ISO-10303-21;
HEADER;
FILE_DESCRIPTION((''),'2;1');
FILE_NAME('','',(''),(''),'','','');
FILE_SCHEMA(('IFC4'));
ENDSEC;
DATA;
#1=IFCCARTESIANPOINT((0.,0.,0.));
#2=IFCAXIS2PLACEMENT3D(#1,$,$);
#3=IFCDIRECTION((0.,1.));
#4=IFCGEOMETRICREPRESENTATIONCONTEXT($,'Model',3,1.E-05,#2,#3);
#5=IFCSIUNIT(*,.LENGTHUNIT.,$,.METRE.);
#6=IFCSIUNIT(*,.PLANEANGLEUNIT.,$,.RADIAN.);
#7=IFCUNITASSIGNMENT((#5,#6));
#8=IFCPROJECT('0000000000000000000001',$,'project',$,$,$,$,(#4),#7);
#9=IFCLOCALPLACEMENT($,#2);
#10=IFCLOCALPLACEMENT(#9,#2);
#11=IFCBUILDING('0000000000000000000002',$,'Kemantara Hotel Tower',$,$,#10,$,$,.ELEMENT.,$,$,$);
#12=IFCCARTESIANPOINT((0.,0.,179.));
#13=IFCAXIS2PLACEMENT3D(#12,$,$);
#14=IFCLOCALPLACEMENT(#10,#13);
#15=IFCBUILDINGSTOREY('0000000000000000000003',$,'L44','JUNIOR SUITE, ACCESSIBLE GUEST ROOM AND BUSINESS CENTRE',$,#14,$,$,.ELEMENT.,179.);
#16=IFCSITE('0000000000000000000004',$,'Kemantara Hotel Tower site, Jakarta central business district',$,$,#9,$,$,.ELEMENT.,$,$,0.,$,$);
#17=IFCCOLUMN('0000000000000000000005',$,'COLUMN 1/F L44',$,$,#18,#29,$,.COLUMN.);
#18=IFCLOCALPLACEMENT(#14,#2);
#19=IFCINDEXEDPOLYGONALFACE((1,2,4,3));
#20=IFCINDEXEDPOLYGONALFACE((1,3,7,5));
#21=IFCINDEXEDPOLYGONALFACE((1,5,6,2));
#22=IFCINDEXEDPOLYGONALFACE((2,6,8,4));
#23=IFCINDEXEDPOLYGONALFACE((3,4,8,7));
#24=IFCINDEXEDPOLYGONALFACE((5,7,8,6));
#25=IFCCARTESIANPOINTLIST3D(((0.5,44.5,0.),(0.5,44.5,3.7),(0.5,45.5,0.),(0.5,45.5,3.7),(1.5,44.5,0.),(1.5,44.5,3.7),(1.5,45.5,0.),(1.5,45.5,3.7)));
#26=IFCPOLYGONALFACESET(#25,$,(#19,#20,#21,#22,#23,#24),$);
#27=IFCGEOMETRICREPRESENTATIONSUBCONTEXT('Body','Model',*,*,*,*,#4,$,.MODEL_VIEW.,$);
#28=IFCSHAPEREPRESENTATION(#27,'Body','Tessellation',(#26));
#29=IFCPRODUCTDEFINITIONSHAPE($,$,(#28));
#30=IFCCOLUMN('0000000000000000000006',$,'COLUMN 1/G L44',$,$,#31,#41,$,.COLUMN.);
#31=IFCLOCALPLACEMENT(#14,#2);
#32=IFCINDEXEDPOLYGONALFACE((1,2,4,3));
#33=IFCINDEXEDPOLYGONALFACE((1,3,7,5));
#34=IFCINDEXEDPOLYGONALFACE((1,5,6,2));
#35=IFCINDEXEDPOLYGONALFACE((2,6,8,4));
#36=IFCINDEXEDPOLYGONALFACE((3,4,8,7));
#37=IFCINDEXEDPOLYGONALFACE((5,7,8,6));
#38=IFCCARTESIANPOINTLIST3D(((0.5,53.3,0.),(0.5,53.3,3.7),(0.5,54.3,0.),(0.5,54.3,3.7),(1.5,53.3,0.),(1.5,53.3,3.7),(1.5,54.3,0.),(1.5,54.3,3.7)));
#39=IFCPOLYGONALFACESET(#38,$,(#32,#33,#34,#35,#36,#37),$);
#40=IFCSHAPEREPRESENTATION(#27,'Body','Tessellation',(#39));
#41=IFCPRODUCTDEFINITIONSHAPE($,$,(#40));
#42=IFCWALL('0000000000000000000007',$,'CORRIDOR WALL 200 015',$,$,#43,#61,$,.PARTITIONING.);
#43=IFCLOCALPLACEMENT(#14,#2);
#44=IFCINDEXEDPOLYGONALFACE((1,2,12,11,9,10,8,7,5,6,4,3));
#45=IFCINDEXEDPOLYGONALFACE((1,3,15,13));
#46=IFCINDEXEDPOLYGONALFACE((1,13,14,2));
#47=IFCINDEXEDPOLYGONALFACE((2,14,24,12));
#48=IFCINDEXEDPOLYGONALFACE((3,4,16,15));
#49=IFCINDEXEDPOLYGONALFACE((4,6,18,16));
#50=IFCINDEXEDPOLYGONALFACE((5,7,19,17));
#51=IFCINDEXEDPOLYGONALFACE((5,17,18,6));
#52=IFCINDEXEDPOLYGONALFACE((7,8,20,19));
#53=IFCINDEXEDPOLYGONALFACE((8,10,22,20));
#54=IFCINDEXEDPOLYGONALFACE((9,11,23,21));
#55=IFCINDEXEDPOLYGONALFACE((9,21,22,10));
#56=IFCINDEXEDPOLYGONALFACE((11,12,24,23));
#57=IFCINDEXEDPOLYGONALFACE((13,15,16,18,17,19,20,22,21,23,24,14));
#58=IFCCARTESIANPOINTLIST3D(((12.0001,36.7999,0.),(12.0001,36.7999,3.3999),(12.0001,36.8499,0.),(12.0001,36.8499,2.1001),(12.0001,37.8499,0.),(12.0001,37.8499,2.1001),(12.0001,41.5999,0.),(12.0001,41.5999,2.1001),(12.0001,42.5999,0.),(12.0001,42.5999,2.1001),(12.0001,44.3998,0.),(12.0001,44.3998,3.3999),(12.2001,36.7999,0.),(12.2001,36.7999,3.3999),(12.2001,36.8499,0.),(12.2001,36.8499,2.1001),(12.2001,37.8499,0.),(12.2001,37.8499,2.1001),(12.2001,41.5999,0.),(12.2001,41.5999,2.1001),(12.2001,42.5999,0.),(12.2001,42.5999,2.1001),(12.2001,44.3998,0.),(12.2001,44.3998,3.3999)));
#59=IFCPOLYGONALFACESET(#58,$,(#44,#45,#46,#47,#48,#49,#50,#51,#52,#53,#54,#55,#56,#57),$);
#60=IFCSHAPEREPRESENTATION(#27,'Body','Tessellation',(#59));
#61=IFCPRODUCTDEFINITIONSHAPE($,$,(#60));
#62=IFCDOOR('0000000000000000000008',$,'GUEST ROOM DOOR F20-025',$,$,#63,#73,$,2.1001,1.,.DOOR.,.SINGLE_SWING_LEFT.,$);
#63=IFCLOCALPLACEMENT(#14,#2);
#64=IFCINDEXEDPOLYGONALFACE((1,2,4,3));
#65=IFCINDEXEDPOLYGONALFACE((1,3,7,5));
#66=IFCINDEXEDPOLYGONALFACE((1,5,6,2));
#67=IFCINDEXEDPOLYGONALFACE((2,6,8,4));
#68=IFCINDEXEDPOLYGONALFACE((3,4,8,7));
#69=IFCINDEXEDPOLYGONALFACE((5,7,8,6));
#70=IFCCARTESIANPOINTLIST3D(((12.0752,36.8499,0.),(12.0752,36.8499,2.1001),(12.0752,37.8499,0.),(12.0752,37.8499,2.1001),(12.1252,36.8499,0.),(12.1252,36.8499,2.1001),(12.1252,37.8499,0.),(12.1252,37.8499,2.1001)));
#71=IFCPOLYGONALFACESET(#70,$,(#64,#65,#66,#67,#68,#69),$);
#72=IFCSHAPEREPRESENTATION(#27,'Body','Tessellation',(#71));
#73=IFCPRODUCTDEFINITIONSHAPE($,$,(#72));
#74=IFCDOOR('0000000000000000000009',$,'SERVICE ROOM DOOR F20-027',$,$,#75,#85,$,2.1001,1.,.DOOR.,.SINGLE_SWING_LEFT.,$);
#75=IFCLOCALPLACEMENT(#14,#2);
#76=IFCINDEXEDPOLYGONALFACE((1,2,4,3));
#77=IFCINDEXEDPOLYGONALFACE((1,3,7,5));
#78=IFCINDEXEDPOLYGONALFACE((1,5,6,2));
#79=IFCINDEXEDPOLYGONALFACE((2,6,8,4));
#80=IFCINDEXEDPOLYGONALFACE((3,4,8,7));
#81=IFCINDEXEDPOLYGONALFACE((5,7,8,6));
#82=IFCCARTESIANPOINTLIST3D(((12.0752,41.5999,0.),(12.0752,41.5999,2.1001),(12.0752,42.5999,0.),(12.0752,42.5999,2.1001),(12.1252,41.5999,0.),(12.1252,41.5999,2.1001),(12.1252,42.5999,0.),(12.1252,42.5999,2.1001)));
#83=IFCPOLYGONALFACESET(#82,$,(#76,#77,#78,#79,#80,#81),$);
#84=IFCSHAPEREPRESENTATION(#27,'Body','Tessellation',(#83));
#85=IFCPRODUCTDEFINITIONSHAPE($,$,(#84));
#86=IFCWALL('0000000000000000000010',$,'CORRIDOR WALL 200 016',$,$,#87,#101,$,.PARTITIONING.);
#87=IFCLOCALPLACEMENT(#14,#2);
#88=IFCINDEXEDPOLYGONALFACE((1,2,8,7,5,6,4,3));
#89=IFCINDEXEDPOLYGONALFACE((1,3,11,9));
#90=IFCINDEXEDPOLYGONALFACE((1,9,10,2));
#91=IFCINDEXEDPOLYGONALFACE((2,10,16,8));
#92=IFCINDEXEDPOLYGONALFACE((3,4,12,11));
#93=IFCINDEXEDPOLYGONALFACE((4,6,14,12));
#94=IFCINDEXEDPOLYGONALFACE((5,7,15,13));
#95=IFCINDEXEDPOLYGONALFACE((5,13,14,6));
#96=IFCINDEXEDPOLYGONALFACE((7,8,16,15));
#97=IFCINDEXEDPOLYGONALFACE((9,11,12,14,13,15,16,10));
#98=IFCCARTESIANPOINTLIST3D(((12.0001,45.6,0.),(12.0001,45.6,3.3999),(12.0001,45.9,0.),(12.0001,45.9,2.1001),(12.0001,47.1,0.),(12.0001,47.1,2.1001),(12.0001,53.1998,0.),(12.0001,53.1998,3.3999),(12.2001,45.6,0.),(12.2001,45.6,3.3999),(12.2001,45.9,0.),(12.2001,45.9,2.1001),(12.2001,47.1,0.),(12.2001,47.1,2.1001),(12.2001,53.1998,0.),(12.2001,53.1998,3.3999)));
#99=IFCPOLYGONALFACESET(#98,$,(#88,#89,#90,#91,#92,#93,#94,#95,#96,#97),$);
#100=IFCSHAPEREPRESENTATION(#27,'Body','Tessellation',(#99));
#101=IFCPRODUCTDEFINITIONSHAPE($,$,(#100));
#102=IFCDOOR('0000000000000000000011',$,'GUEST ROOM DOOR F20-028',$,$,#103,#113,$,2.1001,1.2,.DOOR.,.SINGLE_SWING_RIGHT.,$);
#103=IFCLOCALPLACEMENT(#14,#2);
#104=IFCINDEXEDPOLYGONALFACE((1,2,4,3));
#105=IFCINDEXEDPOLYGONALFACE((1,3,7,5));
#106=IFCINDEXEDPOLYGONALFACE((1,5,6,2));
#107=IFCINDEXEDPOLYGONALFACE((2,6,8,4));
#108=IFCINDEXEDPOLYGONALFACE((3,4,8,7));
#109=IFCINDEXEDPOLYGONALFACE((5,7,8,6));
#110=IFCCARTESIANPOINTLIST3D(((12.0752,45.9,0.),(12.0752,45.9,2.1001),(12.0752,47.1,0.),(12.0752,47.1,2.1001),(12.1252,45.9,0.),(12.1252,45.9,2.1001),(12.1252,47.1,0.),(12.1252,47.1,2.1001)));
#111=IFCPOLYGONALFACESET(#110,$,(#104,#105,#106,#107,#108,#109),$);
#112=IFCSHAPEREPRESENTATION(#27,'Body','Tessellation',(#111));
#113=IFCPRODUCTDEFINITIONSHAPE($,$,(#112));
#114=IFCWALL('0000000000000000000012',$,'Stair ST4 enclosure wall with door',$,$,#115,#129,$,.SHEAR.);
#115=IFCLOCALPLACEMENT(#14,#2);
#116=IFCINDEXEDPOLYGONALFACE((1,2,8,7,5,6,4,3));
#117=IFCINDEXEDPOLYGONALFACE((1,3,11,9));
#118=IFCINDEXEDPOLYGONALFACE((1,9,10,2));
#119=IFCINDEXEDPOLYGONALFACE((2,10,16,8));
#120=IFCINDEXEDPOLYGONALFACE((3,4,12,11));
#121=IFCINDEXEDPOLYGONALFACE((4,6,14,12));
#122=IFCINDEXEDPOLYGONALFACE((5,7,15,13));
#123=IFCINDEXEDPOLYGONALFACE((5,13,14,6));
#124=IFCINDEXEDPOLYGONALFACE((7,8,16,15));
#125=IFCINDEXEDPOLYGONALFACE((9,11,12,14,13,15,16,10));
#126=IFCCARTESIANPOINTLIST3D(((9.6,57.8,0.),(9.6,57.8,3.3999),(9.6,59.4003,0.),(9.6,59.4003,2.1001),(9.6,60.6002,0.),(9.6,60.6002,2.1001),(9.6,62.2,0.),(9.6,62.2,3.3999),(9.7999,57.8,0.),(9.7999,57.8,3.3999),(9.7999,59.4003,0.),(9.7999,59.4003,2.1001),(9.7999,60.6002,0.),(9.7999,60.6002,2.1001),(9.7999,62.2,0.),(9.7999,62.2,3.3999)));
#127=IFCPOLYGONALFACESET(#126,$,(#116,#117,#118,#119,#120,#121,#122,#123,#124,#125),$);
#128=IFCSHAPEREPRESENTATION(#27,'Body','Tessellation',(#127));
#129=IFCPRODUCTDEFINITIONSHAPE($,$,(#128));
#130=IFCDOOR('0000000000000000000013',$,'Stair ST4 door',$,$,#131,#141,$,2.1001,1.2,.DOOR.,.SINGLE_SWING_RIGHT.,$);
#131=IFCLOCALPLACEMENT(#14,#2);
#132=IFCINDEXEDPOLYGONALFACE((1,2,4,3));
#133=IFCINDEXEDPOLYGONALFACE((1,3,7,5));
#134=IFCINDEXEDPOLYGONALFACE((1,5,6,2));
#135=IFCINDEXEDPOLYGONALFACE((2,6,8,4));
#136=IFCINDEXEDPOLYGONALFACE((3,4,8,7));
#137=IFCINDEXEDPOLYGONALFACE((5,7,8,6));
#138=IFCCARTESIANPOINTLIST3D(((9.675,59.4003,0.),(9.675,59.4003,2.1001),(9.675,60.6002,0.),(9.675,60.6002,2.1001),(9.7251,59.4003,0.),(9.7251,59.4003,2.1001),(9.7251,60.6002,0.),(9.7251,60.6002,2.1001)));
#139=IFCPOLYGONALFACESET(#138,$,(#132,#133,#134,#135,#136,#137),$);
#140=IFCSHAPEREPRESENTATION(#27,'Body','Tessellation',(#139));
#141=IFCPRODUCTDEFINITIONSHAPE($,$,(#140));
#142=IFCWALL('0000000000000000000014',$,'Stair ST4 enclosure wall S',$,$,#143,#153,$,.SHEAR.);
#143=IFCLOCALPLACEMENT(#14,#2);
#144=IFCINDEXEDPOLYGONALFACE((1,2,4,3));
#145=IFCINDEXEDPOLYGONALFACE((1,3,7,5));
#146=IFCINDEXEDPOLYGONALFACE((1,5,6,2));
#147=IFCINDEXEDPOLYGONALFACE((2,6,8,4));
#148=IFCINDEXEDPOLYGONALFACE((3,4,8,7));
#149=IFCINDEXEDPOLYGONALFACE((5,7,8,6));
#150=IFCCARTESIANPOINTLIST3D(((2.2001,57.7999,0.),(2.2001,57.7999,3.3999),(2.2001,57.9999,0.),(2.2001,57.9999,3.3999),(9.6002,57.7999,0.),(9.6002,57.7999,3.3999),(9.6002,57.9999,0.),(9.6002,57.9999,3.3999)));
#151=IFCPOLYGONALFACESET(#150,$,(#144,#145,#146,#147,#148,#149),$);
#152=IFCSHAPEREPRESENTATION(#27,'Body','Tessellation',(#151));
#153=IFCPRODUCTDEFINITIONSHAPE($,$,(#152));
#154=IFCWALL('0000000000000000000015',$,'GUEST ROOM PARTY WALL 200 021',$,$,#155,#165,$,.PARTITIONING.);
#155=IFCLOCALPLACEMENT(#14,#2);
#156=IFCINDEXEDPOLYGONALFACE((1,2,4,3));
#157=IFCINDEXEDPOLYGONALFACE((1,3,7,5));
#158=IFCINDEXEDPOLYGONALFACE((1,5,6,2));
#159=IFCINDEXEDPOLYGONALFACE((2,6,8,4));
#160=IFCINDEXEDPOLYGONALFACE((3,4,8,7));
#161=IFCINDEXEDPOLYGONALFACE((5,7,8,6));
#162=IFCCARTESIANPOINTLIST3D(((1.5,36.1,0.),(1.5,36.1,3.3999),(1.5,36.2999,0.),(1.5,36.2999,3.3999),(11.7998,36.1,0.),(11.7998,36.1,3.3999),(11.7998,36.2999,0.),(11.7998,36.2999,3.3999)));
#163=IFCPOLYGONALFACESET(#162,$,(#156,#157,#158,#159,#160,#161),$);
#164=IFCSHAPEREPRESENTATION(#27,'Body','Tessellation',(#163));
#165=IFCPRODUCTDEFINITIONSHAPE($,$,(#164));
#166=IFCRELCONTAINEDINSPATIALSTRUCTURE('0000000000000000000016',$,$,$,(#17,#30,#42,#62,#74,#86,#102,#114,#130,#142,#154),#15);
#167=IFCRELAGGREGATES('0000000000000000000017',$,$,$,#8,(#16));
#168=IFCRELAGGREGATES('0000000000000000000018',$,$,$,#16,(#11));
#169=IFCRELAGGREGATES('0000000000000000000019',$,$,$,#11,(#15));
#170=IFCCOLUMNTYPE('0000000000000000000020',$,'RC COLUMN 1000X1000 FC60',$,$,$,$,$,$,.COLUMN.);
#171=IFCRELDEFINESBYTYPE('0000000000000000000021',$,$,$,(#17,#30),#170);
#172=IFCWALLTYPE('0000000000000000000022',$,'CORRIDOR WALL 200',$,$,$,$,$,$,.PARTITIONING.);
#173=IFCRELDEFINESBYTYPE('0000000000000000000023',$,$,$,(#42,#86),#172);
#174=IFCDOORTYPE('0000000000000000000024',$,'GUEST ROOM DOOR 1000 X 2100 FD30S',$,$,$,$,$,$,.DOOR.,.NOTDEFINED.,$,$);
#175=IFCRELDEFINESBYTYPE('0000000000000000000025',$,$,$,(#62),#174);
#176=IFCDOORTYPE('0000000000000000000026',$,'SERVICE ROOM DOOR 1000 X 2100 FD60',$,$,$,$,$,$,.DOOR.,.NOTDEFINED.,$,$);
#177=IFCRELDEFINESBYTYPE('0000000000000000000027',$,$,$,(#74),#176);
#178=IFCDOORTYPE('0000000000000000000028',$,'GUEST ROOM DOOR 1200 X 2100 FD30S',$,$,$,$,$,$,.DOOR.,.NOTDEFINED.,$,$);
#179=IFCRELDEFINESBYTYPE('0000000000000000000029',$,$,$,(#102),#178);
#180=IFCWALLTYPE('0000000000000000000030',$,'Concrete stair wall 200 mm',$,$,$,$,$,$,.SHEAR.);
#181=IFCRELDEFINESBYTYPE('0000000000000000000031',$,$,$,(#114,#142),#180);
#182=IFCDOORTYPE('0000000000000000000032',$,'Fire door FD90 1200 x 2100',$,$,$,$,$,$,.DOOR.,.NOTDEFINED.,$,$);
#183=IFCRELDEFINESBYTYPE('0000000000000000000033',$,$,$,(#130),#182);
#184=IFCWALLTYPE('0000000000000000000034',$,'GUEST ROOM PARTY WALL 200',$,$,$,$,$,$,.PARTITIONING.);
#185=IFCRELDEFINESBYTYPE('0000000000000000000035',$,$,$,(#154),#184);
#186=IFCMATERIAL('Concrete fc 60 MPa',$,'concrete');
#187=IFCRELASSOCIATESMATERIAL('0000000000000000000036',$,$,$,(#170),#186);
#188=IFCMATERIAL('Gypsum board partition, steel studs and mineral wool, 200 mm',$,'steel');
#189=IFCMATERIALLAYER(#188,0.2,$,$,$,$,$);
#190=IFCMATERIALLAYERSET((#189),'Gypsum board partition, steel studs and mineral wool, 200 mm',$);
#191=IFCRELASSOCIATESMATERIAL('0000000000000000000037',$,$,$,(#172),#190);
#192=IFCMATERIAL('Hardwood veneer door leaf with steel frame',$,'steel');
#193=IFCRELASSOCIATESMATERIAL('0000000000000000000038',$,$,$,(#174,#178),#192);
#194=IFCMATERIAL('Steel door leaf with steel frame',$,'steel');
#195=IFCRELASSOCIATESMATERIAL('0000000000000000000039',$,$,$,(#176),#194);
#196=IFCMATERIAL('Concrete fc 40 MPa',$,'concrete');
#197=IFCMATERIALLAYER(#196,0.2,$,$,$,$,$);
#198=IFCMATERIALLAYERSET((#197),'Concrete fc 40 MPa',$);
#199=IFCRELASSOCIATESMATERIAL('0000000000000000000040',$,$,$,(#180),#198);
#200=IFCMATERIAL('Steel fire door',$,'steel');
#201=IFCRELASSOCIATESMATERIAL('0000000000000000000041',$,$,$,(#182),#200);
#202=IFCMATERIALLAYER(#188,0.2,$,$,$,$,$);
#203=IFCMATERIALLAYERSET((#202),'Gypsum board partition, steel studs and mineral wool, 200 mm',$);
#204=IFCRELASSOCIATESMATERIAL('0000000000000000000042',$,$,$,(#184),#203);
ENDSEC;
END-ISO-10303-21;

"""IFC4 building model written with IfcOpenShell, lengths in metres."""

from ifc_helpers import new_model, si_unit, direction, frame, frame_2d, origin, origin_2d, place, context, subcontext, project, spatial, rectangle, extrude, material, layer, layer_set, material_profile, profile_set, type_object, element, fill, save


model = new_model("IFC4")

# Units and contexts
model_context = context("Model", 3, precision=1e-05, world=origin(), true_north=direction((0.0, 1.0)))
body_context = subcontext(model_context, "Body", "Model", "MODEL_VIEW")
ifc_project = project(units=[si_unit("LENGTHUNIT", "METRE"), si_unit("PLANEANGLEUNIT", "RADIAN")], contexts=[model_context])

# Site, building, storey
site_placement = place(None, origin())
site = spatial("IfcSite", under=ifc_project, at=site_placement, Name="Kemantara Hotel Tower site, Jakarta central business district", CompositionType="ELEMENT", RefElevation=0.0)
building_placement = place(site_placement, origin())
building = spatial("IfcBuilding", under=site, at=building_placement, Name="Kemantara Hotel Tower", CompositionType="ELEMENT")
storey_placement = place(building_placement, frame((0.0, 0.0, 179.0)))
storey = spatial("IfcBuildingStorey", under=building, at=storey_placement, Name="L44", Description="JUNIOR SUITE, ACCESSIBLE GUEST ROOM AND BUSINESS CENTRE", CompositionType="ELEMENT", Elevation=179.0)

# Columns
ifc_material_1 = material(Name="Concrete fc 60 MPa", Category="concrete")
ifc_material_profile = material_profile(ifc_material_1, rectangle(XDim=1.0, YDim=1.0, at=origin_2d()), Name="RC 1000X1000")
ifc_profile_set = profile_set([ifc_material_profile], Name="Concrete fc 60 MPa")
column_type = type_object("IfcColumnType", Name="RC COLUMN 1000X1000 FC60", PredefinedType="COLUMN", material=ifc_profile_set)
for number, where, z_axis, x_axis, name in (
    (1, (1.0, 45.0, 0.0), (0.0, 0.0, 1.0), (1.0, 0.0, 0.0), "COLUMN 1/F L44"),
    (2, (1.0, 53.8, 0.0), (0.0, 0.0, 1.0), (1.0, 0.0, 0.0), "COLUMN 1/G L44"),
):
    element("IfcColumn", number, at=place(storey_placement, frame(where, z_axis=z_axis, x_axis=x_axis)), inside=storey, type_object=column_type, Name=name, PredefinedType="COLUMN", context=body_context, shape_type="SweptSolid", body=[
        extrude(rectangle(XDim=1.0, YDim=1.0, at=origin_2d()), origin(), (0.0, 0.0, 1.0), 3.7),
    ])

# Wall, openings, doors
ifc_material_2 = material(Name="Gypsum board partition, steel studs and mineral wool, 200 mm", Category="steel")
ifc_layer_1 = layer(ifc_material_2, 0.2)
ifc_layer_set_1 = layer_set([ifc_layer_1], Name="Gypsum board partition, steel studs and mineral wool, 200 mm")
wall_type_1 = type_object("IfcWallType", Name="CORRIDOR WALL 200", PredefinedType="PARTITIONING", material=ifc_layer_set_1)
wall_1_placement = place(storey_placement, frame((12.1001, 36.8, 0.0), z_axis=(0.0, 0.0, 1.0), x_axis=(0.0, 1.0, 0.0)))
wall_1 = element("IfcWall", 3, at=wall_1_placement, inside=storey, type_object=wall_type_1, Name="CORRIDOR WALL 200 015", PredefinedType="PARTITIONING", context=body_context, shape_type="SweptSolid", body=[
    extrude(rectangle(XDim=7.5999, YDim=0.2, at=frame_2d((3.7998, 0.0))), origin(), (0.0, 0.0, 1.0), 3.3999),
])
opening_1_placement = place(wall_1_placement, frame((0.0498, 0.0, 0.0)))
opening_1 = element("IfcOpeningElement", 4, at=opening_1_placement, cuts=wall_1, PredefinedType="OPENING", context=body_context, shape_type="SweptSolid", body=[
    extrude(rectangle(XDim=1.0, YDim=2.1001, at=frame_2d((0.5, 1.05))), frame((0.0, 0.1099, 0.0), z_axis=(0.0, -1.0, 0.0), x_axis=(1.0, 0.0, 0.0)), (0.0, 0.0, 1.0), 0.22),
])
opening_2_placement = place(wall_1_placement, frame((4.7998, 0.0, 0.0)))
opening_2 = element("IfcOpeningElement", 5, at=opening_2_placement, cuts=wall_1, PredefinedType="OPENING", context=body_context, shape_type="SweptSolid", body=[
    extrude(rectangle(XDim=1.0, YDim=2.1001, at=frame_2d((0.5, 1.05))), frame((0.0, 0.1099, 0.0), z_axis=(0.0, -1.0, 0.0), x_axis=(1.0, 0.0, 0.0)), (0.0, 0.0, 1.0), 0.22),
])
ifc_material_3 = material(Name="Hardwood veneer door leaf with steel frame", Category="steel")
door_type_1 = type_object("IfcDoorType", Name="GUEST ROOM DOOR 1000 X 2100 FD30S", OperationType="NOTDEFINED", PredefinedType="DOOR", material=ifc_material_3)
door_1_placement = place(opening_1_placement, origin())
door_1 = element("IfcDoor", 6, at=door_1_placement, inside=storey, type_object=door_type_1, Name="GUEST ROOM DOOR F20-025", OperationType="SINGLE_SWING_LEFT", OverallHeight=2.1001, OverallWidth=1.0, PredefinedType="DOOR", context=body_context, shape_type="SweptSolid", body=[
    extrude(rectangle(XDim=1.0, YDim=2.1001, at=frame_2d((0.5, 1.05))), frame((0.0, 0.0249, 0.0), z_axis=(0.0, -1.0, 0.0), x_axis=(1.0, 0.0, 0.0)), (0.0, 0.0, 1.0), 0.05),
])
fill(opening_1, door_1)
ifc_material_4 = material(Name="Steel door leaf with steel frame", Category="steel")
door_type_2 = type_object("IfcDoorType", Name="SERVICE ROOM DOOR 1000 X 2100 FD60", OperationType="NOTDEFINED", PredefinedType="DOOR", material=ifc_material_4)
door_2_placement = place(opening_2_placement, origin())
door_2 = element("IfcDoor", 7, at=door_2_placement, inside=storey, type_object=door_type_2, Name="SERVICE ROOM DOOR F20-027", OperationType="SINGLE_SWING_LEFT", OverallHeight=2.1001, OverallWidth=1.0, PredefinedType="DOOR", context=body_context, shape_type="SweptSolid", body=[
    extrude(rectangle(XDim=1.0, YDim=2.1001, at=frame_2d((0.5, 1.05))), frame((0.0, 0.0249, 0.0), z_axis=(0.0, -1.0, 0.0), x_axis=(1.0, 0.0, 0.0)), (0.0, 0.0, 1.0), 0.05),
])
fill(opening_2, door_2)

# Walls, openings, doors
wall_2_placement = place(storey_placement, frame((12.1001, 45.6001, 0.0), z_axis=(0.0, 0.0, 1.0), x_axis=(0.0, 1.0, 0.0)))
wall_2 = element("IfcWall", 8, at=wall_2_placement, inside=storey, type_object=wall_type_1, Name="CORRIDOR WALL 200 016", PredefinedType="PARTITIONING", context=body_context, shape_type="SweptSolid", body=[
    extrude(rectangle(XDim=7.5999, YDim=0.2, at=frame_2d((3.7998, 0.0))), origin(), (0.0, 0.0, 1.0), 3.3999),
])
opening_3_placement = place(wall_2_placement, frame((0.2998, 0.0, 0.0)))
opening_3 = element("IfcOpeningElement", 9, at=opening_3_placement, cuts=wall_2, PredefinedType="OPENING", context=body_context, shape_type="SweptSolid", body=[
    extrude(rectangle(XDim=1.2, YDim=2.1001, at=frame_2d((0.6001, 1.05))), frame((0.0, 0.1099, 0.0), z_axis=(0.0, -1.0, 0.0), x_axis=(1.0, 0.0, 0.0)), (0.0, 0.0, 1.0), 0.22),
])
door_type_3 = type_object("IfcDoorType", Name="GUEST ROOM DOOR 1200 X 2100 FD30S", OperationType="NOTDEFINED", PredefinedType="DOOR", material=ifc_material_3)
door_3_placement = place(opening_3_placement, origin())
door_3 = element("IfcDoor", 10, at=door_3_placement, inside=storey, type_object=door_type_3, Name="GUEST ROOM DOOR F20-028", OperationType="SINGLE_SWING_RIGHT", OverallHeight=2.1001, OverallWidth=1.2, PredefinedType="DOOR", context=body_context, shape_type="SweptSolid", body=[
    extrude(rectangle(XDim=1.2, YDim=2.1001, at=frame_2d((0.6001, 1.05))), frame((0.0, 0.0249, 0.0), z_axis=(0.0, -1.0, 0.0), x_axis=(1.0, 0.0, 0.0)), (0.0, 0.0, 1.0), 0.05),
])
fill(opening_3, door_3)
ifc_material_5 = material(Name="Concrete fc 40 MPa", Category="concrete")
ifc_layer_2 = layer(ifc_material_5, 0.2)
ifc_layer_set_2 = layer_set([ifc_layer_2], Name="Concrete fc 40 MPa")
wall_type_2 = type_object("IfcWallType", Name="Concrete stair wall 200 mm", PredefinedType="SHEAR", material=ifc_layer_set_2)
wall_3_placement = place(storey_placement, frame((9.7, 57.8, 0.0), z_axis=(0.0, 0.0, 1.0), x_axis=(0.0, 1.0, 0.0)))
wall_3 = element("IfcWall", 11, at=wall_3_placement, inside=storey, type_object=wall_type_2, Name="Stair ST4 enclosure wall with door", PredefinedType="SHEAR", context=body_context, shape_type="SweptSolid", body=[
    extrude(rectangle(XDim=4.3999, YDim=0.2, at=frame_2d((2.2, 0.0))), origin(), (0.0, 0.0, 1.0), 3.3999),
])
opening_4_placement = place(wall_3_placement, frame((1.6001, 0.0, 0.0)))
opening_4 = element("IfcOpeningElement", 12, at=opening_4_placement, cuts=wall_3, PredefinedType="OPENING", context=body_context, shape_type="SweptSolid", body=[
    extrude(rectangle(XDim=1.2, YDim=2.1001, at=frame_2d((0.6001, 1.05))), frame((0.0, 0.1099, 0.0), z_axis=(0.0, -1.0, 0.0), x_axis=(1.0, 0.0, 0.0)), (0.0, 0.0, 1.0), 0.22),
])
ifc_material_6 = material(Name="Steel fire door", Category="steel")
door_type_4 = type_object("IfcDoorType", Name="Fire door FD90 1200 x 2100", OperationType="NOTDEFINED", PredefinedType="DOOR", material=ifc_material_6)
door_4_placement = place(opening_4_placement, origin())
door_4 = element("IfcDoor", 13, at=door_4_placement, inside=storey, type_object=door_type_4, Name="Stair ST4 door", OperationType="SINGLE_SWING_RIGHT", OverallHeight=2.1001, OverallWidth=1.2, PredefinedType="DOOR", context=body_context, shape_type="SweptSolid", body=[
    extrude(rectangle(XDim=1.2, YDim=2.1001, at=frame_2d((0.6001, 1.05))), frame((0.0, 0.0249, 0.0), z_axis=(0.0, -1.0, 0.0), x_axis=(1.0, 0.0, 0.0)), (0.0, 0.0, 1.0), 0.05),
])
fill(opening_4, door_4)

# Walls
wall_4_placement = place(storey_placement, frame((2.2, 57.8999, 0.0), z_axis=(0.0, 0.0, 1.0), x_axis=(1.0, 0.0, 0.0)))
element("IfcWall", 14, at=wall_4_placement, inside=storey, type_object=wall_type_2, Name="Stair ST4 enclosure wall S", PredefinedType="SHEAR", context=body_context, shape_type="SweptSolid", body=[
    extrude(rectangle(XDim=7.4001, YDim=0.2, at=frame_2d((3.7002, 0.0))), origin(), (0.0, 0.0, 1.0), 3.3999),
])
ifc_layer_3 = layer(ifc_material_2, 0.2)
ifc_layer_set_3 = layer_set([ifc_layer_3], Name="Gypsum board partition, steel studs and mineral wool, 200 mm")
wall_type_3 = type_object("IfcWallType", Name="GUEST ROOM PARTY WALL 200", PredefinedType="PARTITIONING", material=ifc_layer_set_3)
wall_5_placement = place(storey_placement, frame((1.5, 36.2, 0.0), z_axis=(0.0, 0.0, 1.0), x_axis=(1.0, 0.0, 0.0)))
element("IfcWall", 15, at=wall_5_placement, inside=storey, type_object=wall_type_3, Name="GUEST ROOM PARTY WALL 200 021", PredefinedType="PARTITIONING", context=body_context, shape_type="SweptSolid", body=[
    extrude(rectangle(XDim=10.2998, YDim=0.2, at=frame_2d((5.1499, 0.0))), origin(), (0.0, 0.0, 1.0), 3.3999),
])

save(model, "model.ifc")
